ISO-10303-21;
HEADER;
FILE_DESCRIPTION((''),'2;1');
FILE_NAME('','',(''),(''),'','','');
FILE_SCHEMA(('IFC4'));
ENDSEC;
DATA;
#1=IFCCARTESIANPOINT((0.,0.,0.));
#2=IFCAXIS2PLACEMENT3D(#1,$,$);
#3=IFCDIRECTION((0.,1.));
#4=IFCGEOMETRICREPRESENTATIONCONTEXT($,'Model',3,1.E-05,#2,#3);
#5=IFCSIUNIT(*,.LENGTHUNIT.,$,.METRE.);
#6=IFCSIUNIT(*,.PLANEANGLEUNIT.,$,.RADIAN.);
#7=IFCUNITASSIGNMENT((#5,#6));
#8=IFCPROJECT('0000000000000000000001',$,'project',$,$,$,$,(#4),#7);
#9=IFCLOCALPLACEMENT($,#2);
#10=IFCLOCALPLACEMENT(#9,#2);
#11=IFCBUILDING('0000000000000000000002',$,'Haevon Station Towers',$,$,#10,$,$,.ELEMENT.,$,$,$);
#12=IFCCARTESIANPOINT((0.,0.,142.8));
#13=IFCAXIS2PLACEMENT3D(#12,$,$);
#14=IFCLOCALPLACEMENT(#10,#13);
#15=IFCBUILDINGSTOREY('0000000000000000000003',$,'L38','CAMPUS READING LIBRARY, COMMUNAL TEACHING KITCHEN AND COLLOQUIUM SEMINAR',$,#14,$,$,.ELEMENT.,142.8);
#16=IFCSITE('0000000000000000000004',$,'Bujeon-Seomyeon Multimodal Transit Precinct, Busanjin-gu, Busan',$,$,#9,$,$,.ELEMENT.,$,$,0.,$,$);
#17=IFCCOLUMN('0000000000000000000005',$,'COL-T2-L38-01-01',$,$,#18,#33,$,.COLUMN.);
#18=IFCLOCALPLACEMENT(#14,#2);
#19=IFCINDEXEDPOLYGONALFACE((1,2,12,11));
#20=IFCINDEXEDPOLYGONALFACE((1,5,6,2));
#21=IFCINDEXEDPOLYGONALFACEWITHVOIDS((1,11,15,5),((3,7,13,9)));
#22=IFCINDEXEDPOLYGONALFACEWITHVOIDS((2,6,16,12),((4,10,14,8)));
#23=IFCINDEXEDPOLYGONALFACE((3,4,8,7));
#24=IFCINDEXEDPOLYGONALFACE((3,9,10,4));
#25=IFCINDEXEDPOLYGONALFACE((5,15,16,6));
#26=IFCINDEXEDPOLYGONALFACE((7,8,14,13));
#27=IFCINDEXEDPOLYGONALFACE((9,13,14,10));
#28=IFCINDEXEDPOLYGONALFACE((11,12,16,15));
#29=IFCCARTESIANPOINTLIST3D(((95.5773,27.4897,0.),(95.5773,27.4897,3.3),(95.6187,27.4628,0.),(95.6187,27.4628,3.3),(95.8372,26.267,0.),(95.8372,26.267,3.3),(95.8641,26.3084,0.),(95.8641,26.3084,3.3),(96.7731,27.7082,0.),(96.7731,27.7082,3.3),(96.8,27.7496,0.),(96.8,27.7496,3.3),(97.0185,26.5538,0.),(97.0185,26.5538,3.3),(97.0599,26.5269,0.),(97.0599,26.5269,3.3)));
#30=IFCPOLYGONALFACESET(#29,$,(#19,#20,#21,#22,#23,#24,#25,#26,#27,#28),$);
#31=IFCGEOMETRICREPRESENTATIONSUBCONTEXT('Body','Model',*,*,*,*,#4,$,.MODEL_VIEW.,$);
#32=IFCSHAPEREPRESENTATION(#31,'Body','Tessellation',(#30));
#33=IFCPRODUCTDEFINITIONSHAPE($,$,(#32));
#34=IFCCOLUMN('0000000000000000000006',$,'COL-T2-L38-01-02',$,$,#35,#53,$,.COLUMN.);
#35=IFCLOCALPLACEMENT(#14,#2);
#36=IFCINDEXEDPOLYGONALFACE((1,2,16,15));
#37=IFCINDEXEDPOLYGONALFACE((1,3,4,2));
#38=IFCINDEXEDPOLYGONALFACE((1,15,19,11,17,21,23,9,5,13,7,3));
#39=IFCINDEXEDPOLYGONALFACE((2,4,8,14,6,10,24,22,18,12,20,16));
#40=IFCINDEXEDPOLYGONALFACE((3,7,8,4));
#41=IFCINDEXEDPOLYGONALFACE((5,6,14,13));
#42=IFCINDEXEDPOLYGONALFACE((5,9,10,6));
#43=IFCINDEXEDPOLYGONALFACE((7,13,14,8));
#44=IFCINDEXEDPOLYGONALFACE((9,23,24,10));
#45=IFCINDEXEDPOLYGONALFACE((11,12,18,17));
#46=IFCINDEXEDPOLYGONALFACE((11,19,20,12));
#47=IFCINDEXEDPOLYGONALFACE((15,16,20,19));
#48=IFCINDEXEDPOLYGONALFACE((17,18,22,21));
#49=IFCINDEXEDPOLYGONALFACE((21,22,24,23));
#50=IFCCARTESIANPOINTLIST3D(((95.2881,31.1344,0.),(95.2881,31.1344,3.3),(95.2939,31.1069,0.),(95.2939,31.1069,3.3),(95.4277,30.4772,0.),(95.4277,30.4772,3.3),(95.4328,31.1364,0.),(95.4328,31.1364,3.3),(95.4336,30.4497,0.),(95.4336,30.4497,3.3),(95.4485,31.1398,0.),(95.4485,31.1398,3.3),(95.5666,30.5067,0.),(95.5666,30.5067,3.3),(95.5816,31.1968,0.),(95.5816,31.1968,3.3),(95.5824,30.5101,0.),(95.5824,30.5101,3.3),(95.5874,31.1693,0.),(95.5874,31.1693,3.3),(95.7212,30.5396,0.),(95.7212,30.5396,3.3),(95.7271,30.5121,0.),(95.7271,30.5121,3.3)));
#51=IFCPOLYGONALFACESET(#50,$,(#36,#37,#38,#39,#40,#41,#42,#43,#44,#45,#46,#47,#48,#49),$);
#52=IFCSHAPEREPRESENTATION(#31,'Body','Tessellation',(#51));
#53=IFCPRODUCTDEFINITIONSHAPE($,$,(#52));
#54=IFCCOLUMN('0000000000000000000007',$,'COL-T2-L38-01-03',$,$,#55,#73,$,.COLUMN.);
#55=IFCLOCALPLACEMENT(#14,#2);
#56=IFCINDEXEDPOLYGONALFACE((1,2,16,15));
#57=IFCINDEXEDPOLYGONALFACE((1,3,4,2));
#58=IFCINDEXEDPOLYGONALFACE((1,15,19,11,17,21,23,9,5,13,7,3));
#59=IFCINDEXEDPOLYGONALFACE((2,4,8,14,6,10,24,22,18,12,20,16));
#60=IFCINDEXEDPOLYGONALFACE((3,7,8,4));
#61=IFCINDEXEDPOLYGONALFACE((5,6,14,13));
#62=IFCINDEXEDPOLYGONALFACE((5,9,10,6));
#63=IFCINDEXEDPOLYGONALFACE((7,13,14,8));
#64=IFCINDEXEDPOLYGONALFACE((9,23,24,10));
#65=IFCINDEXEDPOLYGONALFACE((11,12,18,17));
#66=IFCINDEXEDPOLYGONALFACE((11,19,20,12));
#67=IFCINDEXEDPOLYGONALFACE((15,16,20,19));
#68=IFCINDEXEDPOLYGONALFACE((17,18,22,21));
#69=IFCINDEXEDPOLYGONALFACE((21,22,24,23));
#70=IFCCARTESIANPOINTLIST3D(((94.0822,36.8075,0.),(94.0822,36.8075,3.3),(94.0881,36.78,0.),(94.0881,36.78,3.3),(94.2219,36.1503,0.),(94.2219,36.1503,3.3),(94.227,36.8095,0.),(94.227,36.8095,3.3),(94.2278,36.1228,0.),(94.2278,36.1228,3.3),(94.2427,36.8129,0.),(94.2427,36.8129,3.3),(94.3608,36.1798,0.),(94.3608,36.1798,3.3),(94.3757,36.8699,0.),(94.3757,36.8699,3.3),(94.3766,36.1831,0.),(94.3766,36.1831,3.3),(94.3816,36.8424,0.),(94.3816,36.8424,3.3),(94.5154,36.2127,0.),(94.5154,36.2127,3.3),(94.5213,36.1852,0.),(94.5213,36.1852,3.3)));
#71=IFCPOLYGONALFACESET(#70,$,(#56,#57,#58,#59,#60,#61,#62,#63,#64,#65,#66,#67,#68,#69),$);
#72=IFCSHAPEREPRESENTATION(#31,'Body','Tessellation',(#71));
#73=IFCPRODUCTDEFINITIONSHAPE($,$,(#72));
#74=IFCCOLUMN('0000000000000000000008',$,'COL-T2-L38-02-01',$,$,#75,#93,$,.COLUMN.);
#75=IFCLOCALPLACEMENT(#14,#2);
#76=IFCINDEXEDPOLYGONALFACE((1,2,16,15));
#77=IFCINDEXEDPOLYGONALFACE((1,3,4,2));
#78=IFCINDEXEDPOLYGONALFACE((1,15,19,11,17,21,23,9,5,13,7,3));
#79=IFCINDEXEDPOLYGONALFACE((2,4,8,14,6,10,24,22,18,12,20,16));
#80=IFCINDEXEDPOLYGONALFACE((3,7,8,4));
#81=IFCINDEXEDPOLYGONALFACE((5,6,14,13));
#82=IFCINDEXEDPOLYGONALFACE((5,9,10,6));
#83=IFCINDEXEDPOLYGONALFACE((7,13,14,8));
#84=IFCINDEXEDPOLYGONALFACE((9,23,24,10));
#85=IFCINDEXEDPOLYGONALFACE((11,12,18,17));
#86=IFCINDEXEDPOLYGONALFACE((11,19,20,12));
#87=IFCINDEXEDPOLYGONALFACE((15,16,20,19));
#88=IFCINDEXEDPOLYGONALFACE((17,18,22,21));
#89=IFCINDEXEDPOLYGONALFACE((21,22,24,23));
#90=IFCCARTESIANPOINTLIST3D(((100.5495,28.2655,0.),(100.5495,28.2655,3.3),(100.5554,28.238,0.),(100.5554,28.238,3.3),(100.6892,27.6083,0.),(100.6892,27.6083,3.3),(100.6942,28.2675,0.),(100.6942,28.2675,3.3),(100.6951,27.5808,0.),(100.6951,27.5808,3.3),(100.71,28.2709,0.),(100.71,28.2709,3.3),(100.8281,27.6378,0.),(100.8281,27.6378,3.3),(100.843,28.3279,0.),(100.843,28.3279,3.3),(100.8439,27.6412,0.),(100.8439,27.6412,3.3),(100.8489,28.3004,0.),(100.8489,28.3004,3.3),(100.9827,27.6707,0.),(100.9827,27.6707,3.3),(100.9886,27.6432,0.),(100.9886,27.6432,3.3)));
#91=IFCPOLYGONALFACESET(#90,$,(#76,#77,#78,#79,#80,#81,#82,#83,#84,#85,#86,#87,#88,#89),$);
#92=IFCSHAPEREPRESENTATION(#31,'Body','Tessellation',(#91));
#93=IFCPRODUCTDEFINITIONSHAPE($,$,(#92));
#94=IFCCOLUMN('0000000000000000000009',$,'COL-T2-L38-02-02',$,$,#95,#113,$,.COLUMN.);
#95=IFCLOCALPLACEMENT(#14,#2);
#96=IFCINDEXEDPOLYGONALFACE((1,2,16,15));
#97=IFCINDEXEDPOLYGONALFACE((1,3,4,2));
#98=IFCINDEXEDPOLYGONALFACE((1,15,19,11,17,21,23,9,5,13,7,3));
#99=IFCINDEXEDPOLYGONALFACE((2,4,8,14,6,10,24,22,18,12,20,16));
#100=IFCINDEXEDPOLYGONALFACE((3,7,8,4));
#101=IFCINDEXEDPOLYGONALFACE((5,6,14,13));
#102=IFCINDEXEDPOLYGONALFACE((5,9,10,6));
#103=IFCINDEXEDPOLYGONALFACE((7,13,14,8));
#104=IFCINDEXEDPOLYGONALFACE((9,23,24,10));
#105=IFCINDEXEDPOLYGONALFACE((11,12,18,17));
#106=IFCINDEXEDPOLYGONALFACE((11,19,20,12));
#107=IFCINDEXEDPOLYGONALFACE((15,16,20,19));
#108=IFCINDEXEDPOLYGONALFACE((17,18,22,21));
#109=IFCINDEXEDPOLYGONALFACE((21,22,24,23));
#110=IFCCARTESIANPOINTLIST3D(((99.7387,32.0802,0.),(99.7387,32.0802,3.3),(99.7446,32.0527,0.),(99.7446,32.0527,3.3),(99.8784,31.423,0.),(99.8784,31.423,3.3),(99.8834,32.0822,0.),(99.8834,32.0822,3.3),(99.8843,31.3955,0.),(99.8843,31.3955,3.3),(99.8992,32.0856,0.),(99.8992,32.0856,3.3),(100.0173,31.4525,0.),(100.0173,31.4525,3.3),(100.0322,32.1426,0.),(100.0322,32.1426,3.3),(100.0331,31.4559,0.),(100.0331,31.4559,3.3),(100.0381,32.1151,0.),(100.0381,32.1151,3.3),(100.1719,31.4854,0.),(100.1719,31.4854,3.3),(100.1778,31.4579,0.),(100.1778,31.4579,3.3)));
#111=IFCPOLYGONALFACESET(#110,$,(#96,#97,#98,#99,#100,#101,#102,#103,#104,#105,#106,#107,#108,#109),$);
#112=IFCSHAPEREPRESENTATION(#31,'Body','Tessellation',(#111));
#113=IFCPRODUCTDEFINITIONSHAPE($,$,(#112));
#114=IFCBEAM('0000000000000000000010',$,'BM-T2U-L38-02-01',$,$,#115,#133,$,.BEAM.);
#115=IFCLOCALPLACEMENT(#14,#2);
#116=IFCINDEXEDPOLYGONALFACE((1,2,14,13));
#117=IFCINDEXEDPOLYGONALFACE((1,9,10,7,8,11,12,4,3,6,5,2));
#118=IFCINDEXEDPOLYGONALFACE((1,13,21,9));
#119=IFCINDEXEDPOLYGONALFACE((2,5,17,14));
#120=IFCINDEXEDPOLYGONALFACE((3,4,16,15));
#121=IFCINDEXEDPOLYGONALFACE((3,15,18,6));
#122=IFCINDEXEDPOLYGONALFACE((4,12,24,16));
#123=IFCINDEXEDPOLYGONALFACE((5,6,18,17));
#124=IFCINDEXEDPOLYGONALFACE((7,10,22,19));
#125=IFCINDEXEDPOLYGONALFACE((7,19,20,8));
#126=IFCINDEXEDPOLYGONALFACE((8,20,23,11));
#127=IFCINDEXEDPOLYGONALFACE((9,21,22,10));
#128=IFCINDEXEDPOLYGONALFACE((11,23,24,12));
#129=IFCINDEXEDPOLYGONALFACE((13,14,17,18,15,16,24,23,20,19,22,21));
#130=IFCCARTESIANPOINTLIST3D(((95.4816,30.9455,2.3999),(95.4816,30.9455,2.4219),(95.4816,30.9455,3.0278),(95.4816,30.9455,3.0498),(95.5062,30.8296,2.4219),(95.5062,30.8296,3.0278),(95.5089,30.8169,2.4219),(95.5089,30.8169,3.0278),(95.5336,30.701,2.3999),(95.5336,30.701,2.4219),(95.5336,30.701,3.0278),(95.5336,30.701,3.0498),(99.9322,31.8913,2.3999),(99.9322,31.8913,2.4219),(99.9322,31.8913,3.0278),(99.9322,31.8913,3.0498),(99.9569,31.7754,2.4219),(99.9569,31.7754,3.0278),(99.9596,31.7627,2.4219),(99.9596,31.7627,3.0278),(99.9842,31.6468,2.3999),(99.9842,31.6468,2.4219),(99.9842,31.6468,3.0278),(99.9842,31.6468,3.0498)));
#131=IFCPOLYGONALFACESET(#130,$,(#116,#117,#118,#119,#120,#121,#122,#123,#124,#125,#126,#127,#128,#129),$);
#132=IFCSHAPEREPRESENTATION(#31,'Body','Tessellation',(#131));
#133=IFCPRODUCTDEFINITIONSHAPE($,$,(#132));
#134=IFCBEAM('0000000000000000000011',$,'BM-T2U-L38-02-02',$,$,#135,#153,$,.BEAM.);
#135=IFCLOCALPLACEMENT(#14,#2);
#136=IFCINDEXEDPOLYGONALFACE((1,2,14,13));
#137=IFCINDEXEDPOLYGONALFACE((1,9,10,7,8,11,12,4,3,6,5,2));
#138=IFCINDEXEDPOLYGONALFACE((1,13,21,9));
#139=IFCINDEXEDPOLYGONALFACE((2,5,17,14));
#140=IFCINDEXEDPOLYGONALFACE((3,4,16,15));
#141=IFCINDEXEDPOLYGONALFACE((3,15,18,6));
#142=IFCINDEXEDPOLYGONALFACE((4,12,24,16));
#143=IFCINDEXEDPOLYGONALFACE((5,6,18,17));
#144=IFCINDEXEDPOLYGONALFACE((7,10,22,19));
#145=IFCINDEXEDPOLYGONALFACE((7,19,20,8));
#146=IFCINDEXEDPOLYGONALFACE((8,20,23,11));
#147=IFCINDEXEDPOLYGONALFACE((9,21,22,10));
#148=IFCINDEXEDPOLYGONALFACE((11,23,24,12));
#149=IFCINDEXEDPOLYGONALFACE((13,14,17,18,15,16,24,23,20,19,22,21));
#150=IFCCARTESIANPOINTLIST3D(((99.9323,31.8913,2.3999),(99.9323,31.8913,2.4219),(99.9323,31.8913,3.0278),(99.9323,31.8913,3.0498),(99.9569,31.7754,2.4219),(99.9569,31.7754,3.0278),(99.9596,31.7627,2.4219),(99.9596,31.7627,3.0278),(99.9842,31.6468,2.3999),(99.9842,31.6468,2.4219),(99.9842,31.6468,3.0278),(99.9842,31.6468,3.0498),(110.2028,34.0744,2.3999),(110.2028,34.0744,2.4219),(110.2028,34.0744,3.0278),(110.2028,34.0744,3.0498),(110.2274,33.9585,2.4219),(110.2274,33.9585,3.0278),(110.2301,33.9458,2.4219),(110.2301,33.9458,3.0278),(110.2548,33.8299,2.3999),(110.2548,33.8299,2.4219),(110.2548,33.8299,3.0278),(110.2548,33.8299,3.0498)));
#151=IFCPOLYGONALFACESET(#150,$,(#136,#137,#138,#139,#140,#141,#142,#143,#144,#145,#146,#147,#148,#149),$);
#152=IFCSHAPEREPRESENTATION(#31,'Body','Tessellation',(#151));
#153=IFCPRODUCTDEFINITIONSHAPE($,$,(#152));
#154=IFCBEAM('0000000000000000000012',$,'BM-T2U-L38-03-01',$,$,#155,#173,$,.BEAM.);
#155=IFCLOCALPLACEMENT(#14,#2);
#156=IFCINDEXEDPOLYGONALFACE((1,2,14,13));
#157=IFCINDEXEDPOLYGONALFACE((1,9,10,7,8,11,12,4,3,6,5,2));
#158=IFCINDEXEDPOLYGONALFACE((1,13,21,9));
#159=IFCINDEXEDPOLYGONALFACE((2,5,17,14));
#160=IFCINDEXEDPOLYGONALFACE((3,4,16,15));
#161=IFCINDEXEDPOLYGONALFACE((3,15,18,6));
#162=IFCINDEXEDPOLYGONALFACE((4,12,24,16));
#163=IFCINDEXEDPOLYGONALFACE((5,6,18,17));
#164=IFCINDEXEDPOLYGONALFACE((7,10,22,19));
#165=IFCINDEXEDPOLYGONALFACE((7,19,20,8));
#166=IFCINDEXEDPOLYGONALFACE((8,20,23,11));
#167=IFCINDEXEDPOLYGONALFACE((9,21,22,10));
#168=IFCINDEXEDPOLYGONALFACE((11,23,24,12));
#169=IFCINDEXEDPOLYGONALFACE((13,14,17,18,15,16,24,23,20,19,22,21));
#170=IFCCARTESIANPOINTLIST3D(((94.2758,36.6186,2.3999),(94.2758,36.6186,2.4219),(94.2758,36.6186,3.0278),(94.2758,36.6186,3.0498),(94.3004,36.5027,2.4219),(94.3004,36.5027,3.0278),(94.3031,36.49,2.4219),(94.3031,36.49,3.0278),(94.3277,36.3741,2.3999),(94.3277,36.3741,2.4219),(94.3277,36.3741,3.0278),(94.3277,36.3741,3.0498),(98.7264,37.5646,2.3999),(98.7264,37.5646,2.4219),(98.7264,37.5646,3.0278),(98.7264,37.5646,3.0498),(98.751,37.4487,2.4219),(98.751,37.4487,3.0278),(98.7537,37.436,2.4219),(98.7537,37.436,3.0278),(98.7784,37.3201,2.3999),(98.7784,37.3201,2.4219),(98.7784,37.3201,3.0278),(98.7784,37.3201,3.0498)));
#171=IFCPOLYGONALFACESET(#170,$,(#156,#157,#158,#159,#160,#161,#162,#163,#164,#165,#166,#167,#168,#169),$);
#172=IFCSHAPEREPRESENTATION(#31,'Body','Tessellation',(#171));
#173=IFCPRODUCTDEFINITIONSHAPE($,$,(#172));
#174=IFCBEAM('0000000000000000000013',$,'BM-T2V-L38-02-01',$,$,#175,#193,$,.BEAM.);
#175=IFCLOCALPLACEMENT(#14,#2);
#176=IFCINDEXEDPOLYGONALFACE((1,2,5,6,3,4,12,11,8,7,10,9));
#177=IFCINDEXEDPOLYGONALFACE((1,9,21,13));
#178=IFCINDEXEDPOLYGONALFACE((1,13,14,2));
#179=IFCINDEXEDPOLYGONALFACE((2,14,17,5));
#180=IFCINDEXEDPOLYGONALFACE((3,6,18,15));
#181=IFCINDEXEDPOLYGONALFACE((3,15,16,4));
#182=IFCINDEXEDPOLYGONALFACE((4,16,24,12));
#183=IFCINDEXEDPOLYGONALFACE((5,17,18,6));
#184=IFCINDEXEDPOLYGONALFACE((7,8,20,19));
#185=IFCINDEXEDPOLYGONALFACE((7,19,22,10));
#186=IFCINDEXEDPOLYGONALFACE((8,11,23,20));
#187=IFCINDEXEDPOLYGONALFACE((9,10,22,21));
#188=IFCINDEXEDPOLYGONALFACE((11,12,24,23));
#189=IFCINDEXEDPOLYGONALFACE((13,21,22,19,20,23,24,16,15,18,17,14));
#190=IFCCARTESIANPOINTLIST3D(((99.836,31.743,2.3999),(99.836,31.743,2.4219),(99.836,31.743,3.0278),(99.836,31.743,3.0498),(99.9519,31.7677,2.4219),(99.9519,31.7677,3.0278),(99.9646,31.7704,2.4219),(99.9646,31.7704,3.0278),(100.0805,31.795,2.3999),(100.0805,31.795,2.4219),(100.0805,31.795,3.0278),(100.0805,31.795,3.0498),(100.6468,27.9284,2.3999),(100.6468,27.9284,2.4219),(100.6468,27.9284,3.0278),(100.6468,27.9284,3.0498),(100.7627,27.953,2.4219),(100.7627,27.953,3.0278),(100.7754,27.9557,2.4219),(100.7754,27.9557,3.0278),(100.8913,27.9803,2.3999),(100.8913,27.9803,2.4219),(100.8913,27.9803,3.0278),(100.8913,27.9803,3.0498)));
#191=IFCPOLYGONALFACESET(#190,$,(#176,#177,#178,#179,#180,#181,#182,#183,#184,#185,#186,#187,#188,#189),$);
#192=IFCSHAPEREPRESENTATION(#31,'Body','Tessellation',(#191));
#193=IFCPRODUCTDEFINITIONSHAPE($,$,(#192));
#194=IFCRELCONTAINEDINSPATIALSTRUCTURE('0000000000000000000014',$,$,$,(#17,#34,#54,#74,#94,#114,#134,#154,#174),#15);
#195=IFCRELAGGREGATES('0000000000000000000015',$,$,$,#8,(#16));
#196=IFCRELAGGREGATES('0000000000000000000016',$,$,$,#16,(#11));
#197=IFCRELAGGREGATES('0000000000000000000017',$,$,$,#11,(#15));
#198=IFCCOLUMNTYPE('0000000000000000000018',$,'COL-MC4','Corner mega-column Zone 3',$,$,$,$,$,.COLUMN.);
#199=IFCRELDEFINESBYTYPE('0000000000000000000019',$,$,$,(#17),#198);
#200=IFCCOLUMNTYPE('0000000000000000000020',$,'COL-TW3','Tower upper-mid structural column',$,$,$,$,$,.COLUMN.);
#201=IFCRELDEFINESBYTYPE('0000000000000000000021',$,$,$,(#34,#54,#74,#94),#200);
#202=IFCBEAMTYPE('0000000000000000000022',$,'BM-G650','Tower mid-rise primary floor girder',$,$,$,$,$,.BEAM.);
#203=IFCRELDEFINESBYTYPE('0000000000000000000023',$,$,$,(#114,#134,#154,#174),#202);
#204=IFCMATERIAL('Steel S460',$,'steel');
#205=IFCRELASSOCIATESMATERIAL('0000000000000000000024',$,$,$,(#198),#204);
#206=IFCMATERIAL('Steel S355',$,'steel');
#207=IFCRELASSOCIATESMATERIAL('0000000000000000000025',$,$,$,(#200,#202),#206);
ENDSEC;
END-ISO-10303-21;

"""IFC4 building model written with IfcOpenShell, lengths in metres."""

from ifc_helpers import new_model, si_unit, direction, frame, origin, origin_2d, place, context, subcontext, project, spatial, hollow_rectangle, i_section, extrude, material, material_profile, profile_set, type_object, element, save


model = new_model("IFC4")

# Units and contexts
model_context = context("Model", 3, precision=1e-05, world=origin(), true_north=direction((0.0, 1.0)))
body_context = subcontext(model_context, "Body", "Model", "MODEL_VIEW")
ifc_project = project(units=[si_unit("LENGTHUNIT", "METRE"), si_unit("PLANEANGLEUNIT", "RADIAN")], contexts=[model_context])

# Site, building, storey
site_placement = place(None, origin())
site = spatial("IfcSite", under=ifc_project, at=site_placement, Name="Bujeon-Seomyeon Multimodal Transit Precinct, Busanjin-gu, Busan", CompositionType="ELEMENT", RefElevation=0.0)
building_placement = place(site_placement, origin())
building = spatial("IfcBuilding", under=site, at=building_placement, Name="Haevon Station Towers", CompositionType="ELEMENT")
storey_placement = place(building_placement, frame((0.0, 0.0, 142.8)))
storey = spatial("IfcBuildingStorey", under=building, at=storey_placement, Name="L38", Description="CAMPUS READING LIBRARY, COMMUNAL TEACHING KITCHEN AND COLLOQUIUM SEMINAR", CompositionType="ELEMENT", Elevation=142.8)

# Columns
ifc_material_1 = material(Name="Steel S460", Category="steel")
ifc_material_profile_1 = material_profile(ifc_material_1, hollow_rectangle(XDim=1.25, YDim=1.25, WallThickness=0.0349, at=origin_2d()), Name="BOX-1250x1250x35")
ifc_profile_set_1 = profile_set([ifc_material_profile_1], Name="Steel S460")
column_type_1 = type_object("IfcColumnType", Name="COL-MC4", Description="Corner mega-column Zone 3", PredefinedType="COLUMN", material=ifc_profile_set_1)
column_placement = place(storey_placement, frame((96.3186, 27.0083, 0.0), z_axis=(0.0, 0.0, 1.0), x_axis=(0.978148, 0.207912, 0.0)))
element("IfcColumn", 1, at=column_placement, inside=storey, type_object=column_type_1, Name="COL-T2-L38-01-01", PredefinedType="COLUMN", context=body_context, shape_type="SweptSolid", body=[
    extrude(hollow_rectangle(XDim=1.25, YDim=1.25, WallThickness=0.0349, at=origin_2d()), origin(), (0.0, 0.0, 1.0), 3.3),
])
ifc_material_2 = material(Name="Steel S355", Category="steel")
ifc_material_profile_2 = material_profile(ifc_material_2, i_section(OverallWidth=0.3, OverallDepth=0.7, WebThickness=0.0161, FlangeThickness=0.0281, at=origin_2d()), Name="H-700x300x16x28")
ifc_profile_set_2 = profile_set([ifc_material_profile_2], Name="Steel S355")
column_type_2 = type_object("IfcColumnType", Name="COL-TW3", Description="Tower upper-mid structural column", PredefinedType="COLUMN", material=ifc_profile_set_2)
for number, where, z_axis, x_axis, name in (
    (2, (95.5076, 30.8232, 0.0), (0.0, 0.0, 1.0), (0.978148, 0.207912, 0.0), "COL-T2-L38-01-02"),
    (3, (94.3018, 36.4963, 0.0), (0.0, 0.0, 1.0), (0.978148, 0.207912, 0.0), "COL-T2-L38-01-03"),
    (4, (100.769, 27.9543, 0.0), (0.0, 0.0, 1.0), (0.978148, 0.207912, 0.0), "COL-T2-L38-02-01"),
    (5, (99.9583, 31.769, 0.0), (0.0, 0.0, 1.0), (0.978148, 0.207912, 0.0), "COL-T2-L38-02-02"),
):
    element("IfcColumn", number, at=place(storey_placement, frame(where, z_axis=z_axis, x_axis=x_axis)), inside=storey, type_object=column_type_2, Name=name, PredefinedType="COLUMN", context=body_context, shape_type="SweptSolid", body=[
        extrude(i_section(OverallWidth=0.3, OverallDepth=0.7, WebThickness=0.0161, FlangeThickness=0.0281, at=origin_2d()), origin(), (0.0, 0.0, 1.0), 3.3),
    ])

# Beams
ifc_material_profile_3 = material_profile(ifc_material_2, i_section(OverallWidth=0.25, OverallDepth=0.6499, WebThickness=0.0129, FlangeThickness=0.022, at=origin_2d()), Name="H-650x250x13x22")
ifc_profile_set_3 = profile_set([ifc_material_profile_3], Name="Steel S355")
beam_type_1 = type_object("IfcBeamType", Name="BM-G650", Description="Tower mid-rise primary floor girder", PredefinedType="BEAM", material=ifc_profile_set_3)
beam_1_placement = place(storey_placement, frame((95.5076, 30.8232, 2.7249), z_axis=(0.978157, 0.207865, 0.0), x_axis=(-0.207865, 0.978157, 0.0)))
element("IfcBeam", 6, at=beam_1_placement, inside=storey, type_object=beam_type_1, Name="BM-T2U-L38-02-01", PredefinedType="BEAM", context=body_context, shape_type="SweptSolid", body=[
    extrude(i_section(OverallWidth=0.25, OverallDepth=0.6499, WebThickness=0.0129, FlangeThickness=0.022, at=origin_2d()), origin(), (0.0, 0.0, 1.0), 4.55),
])
beam_2_placement = place(storey_placement, frame((99.9583, 31.769, 2.7249), z_axis=(0.978147, 0.207915, 0.0), x_axis=(-0.207915, 0.978147, 0.0)))
element("IfcBeam", 7, at=beam_2_placement, inside=storey, type_object=beam_type_1, Name="BM-T2U-L38-02-02", PredefinedType="BEAM", context=body_context, shape_type="SweptSolid", body=[
    extrude(i_section(OverallWidth=0.25, OverallDepth=0.6499, WebThickness=0.0129, FlangeThickness=0.022, at=origin_2d()), origin(), (0.0, 0.0, 1.0), 10.5),
])
beam_3_placement = place(storey_placement, frame((94.3018, 36.4963, 2.7249), z_axis=(0.978147, 0.207917, 0.0), x_axis=(-0.207917, 0.978147, 0.0)))
element("IfcBeam", 8, at=beam_3_placement, inside=storey, type_object=beam_type_1, Name="BM-T2U-L38-03-01", PredefinedType="BEAM", context=body_context, shape_type="SweptSolid", body=[
    extrude(i_section(OverallWidth=0.25, OverallDepth=0.6499, WebThickness=0.0129, FlangeThickness=0.022, at=origin_2d()), origin(), (0.0, 0.0, 1.0), 4.55),
])
beam_4_placement = place(storey_placement, frame((100.769, 27.9543, 2.7249), z_axis=(-0.2079, 0.97815, 0.0), x_axis=(-0.97815, -0.2079, 0.0)))
element("IfcBeam", 9, at=beam_4_placement, inside=storey, type_object=beam_type_1, Name="BM-T2V-L38-02-01", PredefinedType="BEAM", context=body_context, shape_type="SweptSolid", body=[
    extrude(i_section(OverallWidth=0.25, OverallDepth=0.6499, WebThickness=0.0129, FlangeThickness=0.022, at=origin_2d()), origin(), (0.0, 0.0, 1.0), 3.8999),
])

save(model, "model.ifc")
